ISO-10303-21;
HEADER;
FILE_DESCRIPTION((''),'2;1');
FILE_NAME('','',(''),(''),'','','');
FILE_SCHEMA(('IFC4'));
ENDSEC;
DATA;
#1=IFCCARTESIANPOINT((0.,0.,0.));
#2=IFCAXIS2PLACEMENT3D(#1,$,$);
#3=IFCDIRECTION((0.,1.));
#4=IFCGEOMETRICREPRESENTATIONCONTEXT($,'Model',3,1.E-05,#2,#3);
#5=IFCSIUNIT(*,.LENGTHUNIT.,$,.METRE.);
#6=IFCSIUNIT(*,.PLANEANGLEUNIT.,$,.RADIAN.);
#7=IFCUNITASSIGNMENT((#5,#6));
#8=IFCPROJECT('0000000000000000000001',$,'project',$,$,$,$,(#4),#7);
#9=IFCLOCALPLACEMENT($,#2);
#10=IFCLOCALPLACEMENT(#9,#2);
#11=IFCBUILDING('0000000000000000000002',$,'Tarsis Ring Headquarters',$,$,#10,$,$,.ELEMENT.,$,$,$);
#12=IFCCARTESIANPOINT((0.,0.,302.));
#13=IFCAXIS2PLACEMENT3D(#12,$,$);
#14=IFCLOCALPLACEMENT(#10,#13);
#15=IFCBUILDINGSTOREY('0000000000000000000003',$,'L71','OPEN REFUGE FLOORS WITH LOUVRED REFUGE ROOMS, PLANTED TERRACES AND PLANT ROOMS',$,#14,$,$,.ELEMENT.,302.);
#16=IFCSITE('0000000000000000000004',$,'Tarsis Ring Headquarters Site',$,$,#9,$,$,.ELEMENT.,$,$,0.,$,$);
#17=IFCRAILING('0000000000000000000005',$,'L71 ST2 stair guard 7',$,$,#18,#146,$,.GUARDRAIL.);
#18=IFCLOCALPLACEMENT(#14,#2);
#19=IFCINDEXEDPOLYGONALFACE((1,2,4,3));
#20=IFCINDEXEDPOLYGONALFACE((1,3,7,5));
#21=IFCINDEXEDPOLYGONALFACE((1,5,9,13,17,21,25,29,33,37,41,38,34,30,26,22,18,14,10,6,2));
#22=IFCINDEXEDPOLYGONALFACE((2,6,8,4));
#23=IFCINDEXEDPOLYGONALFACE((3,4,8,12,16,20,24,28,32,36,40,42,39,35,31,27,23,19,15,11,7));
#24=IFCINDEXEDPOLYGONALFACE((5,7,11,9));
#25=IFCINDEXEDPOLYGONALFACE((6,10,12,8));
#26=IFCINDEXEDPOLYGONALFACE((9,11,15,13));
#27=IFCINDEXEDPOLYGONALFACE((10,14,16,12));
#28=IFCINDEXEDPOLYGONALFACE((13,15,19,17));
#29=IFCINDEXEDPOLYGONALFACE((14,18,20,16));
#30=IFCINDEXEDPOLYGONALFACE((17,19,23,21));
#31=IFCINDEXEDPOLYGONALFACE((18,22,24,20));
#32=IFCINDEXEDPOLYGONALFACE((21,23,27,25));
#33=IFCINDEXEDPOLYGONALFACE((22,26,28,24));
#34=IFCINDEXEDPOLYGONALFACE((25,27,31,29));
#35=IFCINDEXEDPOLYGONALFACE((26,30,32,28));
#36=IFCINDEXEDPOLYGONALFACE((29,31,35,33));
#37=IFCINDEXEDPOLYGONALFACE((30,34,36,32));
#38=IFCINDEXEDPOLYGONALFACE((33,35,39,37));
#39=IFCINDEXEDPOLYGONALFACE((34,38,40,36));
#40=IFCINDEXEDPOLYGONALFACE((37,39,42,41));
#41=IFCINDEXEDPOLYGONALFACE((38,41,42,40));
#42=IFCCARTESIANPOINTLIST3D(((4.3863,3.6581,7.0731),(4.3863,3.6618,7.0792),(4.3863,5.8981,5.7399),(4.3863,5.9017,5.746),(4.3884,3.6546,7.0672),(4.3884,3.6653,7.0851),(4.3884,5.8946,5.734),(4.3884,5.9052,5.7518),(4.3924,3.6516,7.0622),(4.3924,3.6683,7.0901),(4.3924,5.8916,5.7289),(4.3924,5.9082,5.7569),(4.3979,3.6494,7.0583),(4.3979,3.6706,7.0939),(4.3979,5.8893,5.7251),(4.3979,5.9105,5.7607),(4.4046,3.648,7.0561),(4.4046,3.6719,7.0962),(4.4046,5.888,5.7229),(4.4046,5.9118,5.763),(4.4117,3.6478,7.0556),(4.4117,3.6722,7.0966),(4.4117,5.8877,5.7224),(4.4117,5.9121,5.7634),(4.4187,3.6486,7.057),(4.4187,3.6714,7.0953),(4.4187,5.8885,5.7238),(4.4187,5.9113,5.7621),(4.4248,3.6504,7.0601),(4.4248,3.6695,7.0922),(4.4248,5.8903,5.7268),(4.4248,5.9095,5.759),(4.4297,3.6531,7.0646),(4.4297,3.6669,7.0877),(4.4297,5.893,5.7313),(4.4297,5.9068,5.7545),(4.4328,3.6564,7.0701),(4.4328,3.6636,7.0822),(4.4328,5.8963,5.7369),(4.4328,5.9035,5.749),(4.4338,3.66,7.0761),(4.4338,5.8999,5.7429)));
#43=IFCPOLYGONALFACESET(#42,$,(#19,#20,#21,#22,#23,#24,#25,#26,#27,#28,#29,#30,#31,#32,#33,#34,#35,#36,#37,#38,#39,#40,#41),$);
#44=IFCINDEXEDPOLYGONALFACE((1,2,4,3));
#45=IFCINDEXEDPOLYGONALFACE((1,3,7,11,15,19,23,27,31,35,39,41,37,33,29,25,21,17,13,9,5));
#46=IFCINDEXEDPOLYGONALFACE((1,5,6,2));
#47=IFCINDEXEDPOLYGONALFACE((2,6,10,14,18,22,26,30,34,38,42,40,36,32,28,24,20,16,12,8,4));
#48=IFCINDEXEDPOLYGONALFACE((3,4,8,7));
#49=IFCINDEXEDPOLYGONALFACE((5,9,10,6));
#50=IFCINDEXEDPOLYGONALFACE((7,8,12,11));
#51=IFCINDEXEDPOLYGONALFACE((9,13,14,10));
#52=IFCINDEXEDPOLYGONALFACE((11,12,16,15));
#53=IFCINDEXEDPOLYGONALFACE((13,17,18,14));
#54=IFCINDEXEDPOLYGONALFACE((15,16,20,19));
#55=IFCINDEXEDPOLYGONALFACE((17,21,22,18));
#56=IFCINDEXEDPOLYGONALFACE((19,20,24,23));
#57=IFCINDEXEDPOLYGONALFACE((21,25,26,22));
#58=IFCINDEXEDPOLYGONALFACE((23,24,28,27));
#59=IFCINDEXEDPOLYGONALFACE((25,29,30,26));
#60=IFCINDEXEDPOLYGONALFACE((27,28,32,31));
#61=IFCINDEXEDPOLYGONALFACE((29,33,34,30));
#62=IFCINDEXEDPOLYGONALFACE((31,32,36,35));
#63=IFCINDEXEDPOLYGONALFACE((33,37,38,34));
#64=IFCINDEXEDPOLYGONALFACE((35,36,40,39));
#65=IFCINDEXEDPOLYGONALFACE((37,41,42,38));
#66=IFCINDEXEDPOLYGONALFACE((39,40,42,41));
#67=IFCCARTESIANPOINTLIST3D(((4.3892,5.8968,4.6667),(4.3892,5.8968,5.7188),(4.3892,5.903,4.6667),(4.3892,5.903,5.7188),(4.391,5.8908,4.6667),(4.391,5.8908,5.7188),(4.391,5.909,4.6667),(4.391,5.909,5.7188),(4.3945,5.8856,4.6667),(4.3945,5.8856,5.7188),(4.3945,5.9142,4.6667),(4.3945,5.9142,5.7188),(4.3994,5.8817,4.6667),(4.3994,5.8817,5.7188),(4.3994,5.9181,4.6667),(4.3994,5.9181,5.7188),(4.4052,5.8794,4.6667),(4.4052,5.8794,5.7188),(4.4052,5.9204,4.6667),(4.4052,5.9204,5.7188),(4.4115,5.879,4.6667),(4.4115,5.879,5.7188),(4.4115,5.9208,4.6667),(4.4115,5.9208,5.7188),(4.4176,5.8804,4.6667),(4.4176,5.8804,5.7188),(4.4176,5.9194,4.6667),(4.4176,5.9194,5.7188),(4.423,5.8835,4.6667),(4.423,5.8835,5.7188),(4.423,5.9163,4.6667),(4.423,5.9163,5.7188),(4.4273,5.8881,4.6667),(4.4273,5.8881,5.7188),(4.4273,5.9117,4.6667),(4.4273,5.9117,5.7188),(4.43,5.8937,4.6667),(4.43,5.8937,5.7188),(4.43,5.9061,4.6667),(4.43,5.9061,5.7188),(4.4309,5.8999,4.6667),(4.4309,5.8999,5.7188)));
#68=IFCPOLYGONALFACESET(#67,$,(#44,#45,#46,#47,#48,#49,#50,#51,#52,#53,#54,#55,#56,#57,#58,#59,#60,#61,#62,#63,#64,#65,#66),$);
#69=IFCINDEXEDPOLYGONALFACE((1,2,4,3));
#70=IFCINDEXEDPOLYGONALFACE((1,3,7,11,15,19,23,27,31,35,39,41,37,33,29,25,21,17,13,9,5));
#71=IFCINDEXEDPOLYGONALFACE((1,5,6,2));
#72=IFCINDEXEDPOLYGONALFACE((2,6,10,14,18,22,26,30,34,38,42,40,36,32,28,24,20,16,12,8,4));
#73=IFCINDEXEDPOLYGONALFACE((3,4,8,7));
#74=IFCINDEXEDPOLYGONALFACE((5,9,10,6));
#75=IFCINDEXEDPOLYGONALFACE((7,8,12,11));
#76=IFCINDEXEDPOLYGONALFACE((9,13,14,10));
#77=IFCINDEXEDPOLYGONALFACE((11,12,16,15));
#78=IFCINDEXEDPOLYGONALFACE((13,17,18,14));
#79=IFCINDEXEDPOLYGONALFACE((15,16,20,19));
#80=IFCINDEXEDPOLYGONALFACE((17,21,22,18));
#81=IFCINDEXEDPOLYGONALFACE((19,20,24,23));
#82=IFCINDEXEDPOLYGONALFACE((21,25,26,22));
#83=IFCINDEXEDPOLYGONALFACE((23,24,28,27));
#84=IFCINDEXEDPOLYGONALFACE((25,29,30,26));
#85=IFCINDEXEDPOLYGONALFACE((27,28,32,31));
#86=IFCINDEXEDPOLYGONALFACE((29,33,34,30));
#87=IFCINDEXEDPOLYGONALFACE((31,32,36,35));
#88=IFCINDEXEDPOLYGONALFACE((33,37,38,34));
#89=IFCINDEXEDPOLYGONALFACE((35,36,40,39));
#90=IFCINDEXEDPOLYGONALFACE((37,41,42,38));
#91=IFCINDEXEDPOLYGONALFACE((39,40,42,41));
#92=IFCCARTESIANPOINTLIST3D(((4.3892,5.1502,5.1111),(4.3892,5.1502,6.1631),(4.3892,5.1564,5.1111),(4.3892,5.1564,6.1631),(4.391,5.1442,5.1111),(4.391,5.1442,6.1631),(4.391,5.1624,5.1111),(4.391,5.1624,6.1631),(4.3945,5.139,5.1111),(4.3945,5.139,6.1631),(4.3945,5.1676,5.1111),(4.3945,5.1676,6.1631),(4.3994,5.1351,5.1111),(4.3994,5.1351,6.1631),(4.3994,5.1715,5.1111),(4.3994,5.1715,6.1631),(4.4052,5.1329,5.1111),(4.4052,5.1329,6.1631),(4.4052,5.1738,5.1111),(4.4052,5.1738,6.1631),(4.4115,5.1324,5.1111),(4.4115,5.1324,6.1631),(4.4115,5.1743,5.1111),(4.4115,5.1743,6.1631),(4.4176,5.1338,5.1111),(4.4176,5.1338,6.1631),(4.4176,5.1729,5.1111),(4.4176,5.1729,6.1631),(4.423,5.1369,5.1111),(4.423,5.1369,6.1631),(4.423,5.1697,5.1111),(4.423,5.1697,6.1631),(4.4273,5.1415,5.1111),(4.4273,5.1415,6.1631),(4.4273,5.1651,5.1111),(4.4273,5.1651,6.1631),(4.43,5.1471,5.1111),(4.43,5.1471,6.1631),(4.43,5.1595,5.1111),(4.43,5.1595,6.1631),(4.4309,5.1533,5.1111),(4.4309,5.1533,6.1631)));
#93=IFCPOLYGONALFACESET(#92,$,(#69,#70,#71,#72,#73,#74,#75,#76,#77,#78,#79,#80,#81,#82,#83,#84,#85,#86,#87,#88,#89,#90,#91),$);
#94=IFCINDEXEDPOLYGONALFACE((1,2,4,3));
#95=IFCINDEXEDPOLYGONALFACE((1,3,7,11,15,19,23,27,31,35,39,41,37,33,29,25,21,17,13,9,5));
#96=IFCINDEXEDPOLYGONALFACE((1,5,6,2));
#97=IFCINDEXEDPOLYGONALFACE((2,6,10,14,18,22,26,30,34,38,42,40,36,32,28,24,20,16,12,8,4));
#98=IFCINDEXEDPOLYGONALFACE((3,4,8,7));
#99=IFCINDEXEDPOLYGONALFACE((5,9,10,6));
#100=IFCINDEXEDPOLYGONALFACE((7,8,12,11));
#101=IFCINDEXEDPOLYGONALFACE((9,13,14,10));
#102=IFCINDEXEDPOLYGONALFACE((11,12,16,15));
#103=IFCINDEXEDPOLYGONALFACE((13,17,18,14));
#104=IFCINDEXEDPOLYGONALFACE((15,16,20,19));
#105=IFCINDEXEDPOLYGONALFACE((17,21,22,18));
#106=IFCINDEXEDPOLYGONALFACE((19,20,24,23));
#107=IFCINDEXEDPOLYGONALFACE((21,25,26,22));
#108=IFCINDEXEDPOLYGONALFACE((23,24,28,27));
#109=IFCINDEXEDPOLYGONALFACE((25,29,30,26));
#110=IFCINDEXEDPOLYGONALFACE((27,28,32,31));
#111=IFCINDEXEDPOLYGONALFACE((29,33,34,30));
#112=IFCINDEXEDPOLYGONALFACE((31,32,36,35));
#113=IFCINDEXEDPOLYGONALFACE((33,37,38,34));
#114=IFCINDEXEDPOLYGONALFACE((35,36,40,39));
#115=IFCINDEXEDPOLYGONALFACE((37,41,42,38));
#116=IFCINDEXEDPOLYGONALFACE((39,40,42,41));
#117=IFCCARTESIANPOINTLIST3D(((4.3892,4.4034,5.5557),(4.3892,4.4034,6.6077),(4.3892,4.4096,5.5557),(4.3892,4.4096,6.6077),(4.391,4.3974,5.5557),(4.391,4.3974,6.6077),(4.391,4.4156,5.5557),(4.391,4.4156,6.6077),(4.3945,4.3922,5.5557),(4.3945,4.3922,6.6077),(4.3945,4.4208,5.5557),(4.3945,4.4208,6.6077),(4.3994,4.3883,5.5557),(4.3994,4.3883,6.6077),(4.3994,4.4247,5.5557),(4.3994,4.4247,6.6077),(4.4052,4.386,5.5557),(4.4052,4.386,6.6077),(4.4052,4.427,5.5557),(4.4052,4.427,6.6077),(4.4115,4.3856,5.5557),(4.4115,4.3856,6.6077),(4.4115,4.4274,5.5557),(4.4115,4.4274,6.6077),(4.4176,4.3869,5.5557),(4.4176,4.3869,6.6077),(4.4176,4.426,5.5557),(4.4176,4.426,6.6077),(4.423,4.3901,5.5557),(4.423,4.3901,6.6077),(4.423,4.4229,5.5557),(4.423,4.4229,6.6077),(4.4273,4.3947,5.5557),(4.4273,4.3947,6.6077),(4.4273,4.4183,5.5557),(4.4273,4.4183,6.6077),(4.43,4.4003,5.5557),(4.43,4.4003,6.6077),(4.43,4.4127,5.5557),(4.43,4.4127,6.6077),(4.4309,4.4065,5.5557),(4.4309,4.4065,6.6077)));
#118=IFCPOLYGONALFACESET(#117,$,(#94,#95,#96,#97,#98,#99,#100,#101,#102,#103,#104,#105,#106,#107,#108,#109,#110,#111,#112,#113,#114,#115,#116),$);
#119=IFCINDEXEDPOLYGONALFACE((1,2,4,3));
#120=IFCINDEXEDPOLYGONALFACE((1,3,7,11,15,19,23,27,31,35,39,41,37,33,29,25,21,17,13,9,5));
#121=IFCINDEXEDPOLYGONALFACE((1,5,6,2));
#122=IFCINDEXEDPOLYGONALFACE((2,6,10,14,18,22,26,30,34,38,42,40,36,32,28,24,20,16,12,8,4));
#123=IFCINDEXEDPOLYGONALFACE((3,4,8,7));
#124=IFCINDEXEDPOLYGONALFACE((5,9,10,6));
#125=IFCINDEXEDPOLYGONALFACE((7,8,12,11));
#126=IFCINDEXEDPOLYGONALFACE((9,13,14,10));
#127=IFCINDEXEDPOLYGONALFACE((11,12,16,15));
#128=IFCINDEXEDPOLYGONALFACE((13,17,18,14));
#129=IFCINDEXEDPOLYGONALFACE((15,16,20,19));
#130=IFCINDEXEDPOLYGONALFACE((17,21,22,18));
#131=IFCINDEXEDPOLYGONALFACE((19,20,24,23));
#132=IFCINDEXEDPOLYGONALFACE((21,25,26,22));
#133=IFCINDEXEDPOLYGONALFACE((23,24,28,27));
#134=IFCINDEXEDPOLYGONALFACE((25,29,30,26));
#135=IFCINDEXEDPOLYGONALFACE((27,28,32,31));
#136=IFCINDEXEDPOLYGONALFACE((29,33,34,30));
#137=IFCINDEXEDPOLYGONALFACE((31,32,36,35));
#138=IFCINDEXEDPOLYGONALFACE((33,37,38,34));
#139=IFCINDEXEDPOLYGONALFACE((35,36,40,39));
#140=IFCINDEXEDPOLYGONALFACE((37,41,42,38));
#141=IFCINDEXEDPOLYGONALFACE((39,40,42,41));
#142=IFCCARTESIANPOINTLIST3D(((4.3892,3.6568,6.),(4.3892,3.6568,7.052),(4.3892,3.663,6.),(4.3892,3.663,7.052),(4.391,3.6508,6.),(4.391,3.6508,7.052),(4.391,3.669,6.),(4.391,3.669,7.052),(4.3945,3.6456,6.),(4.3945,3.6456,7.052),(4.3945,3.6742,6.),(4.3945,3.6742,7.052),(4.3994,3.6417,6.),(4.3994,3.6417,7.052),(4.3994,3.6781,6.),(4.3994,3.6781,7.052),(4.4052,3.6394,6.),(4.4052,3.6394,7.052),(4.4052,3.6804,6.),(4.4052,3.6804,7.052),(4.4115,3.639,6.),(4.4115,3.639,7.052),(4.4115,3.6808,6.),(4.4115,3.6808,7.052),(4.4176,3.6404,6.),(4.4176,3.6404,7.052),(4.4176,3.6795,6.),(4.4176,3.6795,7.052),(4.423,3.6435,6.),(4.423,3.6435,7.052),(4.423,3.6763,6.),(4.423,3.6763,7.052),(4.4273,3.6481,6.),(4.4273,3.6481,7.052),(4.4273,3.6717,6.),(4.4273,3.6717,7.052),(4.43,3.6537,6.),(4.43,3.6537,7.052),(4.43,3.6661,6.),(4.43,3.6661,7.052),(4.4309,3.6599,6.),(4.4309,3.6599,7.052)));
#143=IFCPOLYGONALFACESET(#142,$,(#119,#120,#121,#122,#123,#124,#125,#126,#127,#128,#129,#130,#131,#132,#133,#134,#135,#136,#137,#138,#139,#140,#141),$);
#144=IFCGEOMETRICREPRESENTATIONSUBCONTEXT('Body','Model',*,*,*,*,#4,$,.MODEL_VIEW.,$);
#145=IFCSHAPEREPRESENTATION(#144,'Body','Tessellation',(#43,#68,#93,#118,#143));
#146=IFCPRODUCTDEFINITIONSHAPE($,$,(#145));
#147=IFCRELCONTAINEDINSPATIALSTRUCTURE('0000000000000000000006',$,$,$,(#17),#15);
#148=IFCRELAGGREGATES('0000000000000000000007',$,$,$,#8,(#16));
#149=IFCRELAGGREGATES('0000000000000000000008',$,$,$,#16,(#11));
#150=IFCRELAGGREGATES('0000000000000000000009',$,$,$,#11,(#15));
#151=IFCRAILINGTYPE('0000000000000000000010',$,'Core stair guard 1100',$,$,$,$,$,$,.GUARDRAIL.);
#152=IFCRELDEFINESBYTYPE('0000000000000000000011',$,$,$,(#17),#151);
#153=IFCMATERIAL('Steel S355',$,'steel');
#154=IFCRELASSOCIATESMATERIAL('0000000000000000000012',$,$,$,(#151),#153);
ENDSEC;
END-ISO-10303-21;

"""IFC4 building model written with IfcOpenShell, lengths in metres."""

from ifc_helpers import new_model, si_unit, direction, frame, origin, origin_2d, place, context, subcontext, project, spatial, circle, extrude, material, type_object, element, save


model = new_model("IFC4")

# Units and contexts
model_context = context("Model", 3, precision=1e-05, world=origin(), true_north=direction((0.0, 1.0)))
body_context = subcontext(model_context, "Body", "Model", "MODEL_VIEW")
ifc_project = project(units=[si_unit("LENGTHUNIT", "METRE"), si_unit("PLANEANGLEUNIT", "RADIAN")], contexts=[model_context])

# Site, building, storey
site_placement = place(None, origin())
site = spatial("IfcSite", under=ifc_project, at=site_placement, Name="Tarsis Ring Headquarters Site", CompositionType="ELEMENT", RefElevation=0.0)
building_placement = place(site_placement, origin())
building = spatial("IfcBuilding", under=site, at=building_placement, Name="Tarsis Ring Headquarters", CompositionType="ELEMENT")
storey_placement = place(building_placement, frame((0.0, 0.0, 302.0)))
storey = spatial("IfcBuildingStorey", under=building, at=storey_placement, Name="L71", Description="OPEN REFUGE FLOORS WITH LOUVRED REFUGE ROOMS, PLANTED TERRACES AND PLANT ROOMS", CompositionType="ELEMENT", Elevation=302.0)

# Railing
ifc_material_1 = material(Name="Steel S355", Category="steel")
railing_type_1 = type_object("IfcRailingType", Name="Core stair guard 1100", PredefinedType="GUARDRAIL", material=ifc_material_1)
railing_1_placement = place(storey_placement, frame((4.4099, 5.8999, 4.6667)))
element("IfcRailing", 1, at=railing_1_placement, inside=storey, type_object=railing_type_1, Name="L71 ST2 stair guard 7", PredefinedType="GUARDRAIL", context=body_context, shape_type="SweptSolid", body=[
    extrude(circle(Radius=0.0239, at=origin_2d()), frame((0.0, 0.0, 1.0762), z_axis=(0.0, -0.859306, 0.511462), x_axis=(1.0, 0.0, 0.0)), (0.0, 0.0, 1.0), 2.6067),
    extrude(circle(Radius=0.021, at=origin_2d()), origin(), (0.0, 0.0, 1.0), 1.052),
    extrude(circle(Radius=0.021, at=origin_2d()), frame((0.0, -0.7466, 0.4443)), (0.0, 0.0, 1.0), 1.052),
    extrude(circle(Radius=0.021, at=origin_2d()), frame((0.0, -1.4934, 0.8889)), (0.0, 0.0, 1.0), 1.052),
    extrude(circle(Radius=0.021, at=origin_2d()), frame((0.0, -2.24, 1.3333)), (0.0, 0.0, 1.0), 1.052),
])

save(model, "model.ifc")
